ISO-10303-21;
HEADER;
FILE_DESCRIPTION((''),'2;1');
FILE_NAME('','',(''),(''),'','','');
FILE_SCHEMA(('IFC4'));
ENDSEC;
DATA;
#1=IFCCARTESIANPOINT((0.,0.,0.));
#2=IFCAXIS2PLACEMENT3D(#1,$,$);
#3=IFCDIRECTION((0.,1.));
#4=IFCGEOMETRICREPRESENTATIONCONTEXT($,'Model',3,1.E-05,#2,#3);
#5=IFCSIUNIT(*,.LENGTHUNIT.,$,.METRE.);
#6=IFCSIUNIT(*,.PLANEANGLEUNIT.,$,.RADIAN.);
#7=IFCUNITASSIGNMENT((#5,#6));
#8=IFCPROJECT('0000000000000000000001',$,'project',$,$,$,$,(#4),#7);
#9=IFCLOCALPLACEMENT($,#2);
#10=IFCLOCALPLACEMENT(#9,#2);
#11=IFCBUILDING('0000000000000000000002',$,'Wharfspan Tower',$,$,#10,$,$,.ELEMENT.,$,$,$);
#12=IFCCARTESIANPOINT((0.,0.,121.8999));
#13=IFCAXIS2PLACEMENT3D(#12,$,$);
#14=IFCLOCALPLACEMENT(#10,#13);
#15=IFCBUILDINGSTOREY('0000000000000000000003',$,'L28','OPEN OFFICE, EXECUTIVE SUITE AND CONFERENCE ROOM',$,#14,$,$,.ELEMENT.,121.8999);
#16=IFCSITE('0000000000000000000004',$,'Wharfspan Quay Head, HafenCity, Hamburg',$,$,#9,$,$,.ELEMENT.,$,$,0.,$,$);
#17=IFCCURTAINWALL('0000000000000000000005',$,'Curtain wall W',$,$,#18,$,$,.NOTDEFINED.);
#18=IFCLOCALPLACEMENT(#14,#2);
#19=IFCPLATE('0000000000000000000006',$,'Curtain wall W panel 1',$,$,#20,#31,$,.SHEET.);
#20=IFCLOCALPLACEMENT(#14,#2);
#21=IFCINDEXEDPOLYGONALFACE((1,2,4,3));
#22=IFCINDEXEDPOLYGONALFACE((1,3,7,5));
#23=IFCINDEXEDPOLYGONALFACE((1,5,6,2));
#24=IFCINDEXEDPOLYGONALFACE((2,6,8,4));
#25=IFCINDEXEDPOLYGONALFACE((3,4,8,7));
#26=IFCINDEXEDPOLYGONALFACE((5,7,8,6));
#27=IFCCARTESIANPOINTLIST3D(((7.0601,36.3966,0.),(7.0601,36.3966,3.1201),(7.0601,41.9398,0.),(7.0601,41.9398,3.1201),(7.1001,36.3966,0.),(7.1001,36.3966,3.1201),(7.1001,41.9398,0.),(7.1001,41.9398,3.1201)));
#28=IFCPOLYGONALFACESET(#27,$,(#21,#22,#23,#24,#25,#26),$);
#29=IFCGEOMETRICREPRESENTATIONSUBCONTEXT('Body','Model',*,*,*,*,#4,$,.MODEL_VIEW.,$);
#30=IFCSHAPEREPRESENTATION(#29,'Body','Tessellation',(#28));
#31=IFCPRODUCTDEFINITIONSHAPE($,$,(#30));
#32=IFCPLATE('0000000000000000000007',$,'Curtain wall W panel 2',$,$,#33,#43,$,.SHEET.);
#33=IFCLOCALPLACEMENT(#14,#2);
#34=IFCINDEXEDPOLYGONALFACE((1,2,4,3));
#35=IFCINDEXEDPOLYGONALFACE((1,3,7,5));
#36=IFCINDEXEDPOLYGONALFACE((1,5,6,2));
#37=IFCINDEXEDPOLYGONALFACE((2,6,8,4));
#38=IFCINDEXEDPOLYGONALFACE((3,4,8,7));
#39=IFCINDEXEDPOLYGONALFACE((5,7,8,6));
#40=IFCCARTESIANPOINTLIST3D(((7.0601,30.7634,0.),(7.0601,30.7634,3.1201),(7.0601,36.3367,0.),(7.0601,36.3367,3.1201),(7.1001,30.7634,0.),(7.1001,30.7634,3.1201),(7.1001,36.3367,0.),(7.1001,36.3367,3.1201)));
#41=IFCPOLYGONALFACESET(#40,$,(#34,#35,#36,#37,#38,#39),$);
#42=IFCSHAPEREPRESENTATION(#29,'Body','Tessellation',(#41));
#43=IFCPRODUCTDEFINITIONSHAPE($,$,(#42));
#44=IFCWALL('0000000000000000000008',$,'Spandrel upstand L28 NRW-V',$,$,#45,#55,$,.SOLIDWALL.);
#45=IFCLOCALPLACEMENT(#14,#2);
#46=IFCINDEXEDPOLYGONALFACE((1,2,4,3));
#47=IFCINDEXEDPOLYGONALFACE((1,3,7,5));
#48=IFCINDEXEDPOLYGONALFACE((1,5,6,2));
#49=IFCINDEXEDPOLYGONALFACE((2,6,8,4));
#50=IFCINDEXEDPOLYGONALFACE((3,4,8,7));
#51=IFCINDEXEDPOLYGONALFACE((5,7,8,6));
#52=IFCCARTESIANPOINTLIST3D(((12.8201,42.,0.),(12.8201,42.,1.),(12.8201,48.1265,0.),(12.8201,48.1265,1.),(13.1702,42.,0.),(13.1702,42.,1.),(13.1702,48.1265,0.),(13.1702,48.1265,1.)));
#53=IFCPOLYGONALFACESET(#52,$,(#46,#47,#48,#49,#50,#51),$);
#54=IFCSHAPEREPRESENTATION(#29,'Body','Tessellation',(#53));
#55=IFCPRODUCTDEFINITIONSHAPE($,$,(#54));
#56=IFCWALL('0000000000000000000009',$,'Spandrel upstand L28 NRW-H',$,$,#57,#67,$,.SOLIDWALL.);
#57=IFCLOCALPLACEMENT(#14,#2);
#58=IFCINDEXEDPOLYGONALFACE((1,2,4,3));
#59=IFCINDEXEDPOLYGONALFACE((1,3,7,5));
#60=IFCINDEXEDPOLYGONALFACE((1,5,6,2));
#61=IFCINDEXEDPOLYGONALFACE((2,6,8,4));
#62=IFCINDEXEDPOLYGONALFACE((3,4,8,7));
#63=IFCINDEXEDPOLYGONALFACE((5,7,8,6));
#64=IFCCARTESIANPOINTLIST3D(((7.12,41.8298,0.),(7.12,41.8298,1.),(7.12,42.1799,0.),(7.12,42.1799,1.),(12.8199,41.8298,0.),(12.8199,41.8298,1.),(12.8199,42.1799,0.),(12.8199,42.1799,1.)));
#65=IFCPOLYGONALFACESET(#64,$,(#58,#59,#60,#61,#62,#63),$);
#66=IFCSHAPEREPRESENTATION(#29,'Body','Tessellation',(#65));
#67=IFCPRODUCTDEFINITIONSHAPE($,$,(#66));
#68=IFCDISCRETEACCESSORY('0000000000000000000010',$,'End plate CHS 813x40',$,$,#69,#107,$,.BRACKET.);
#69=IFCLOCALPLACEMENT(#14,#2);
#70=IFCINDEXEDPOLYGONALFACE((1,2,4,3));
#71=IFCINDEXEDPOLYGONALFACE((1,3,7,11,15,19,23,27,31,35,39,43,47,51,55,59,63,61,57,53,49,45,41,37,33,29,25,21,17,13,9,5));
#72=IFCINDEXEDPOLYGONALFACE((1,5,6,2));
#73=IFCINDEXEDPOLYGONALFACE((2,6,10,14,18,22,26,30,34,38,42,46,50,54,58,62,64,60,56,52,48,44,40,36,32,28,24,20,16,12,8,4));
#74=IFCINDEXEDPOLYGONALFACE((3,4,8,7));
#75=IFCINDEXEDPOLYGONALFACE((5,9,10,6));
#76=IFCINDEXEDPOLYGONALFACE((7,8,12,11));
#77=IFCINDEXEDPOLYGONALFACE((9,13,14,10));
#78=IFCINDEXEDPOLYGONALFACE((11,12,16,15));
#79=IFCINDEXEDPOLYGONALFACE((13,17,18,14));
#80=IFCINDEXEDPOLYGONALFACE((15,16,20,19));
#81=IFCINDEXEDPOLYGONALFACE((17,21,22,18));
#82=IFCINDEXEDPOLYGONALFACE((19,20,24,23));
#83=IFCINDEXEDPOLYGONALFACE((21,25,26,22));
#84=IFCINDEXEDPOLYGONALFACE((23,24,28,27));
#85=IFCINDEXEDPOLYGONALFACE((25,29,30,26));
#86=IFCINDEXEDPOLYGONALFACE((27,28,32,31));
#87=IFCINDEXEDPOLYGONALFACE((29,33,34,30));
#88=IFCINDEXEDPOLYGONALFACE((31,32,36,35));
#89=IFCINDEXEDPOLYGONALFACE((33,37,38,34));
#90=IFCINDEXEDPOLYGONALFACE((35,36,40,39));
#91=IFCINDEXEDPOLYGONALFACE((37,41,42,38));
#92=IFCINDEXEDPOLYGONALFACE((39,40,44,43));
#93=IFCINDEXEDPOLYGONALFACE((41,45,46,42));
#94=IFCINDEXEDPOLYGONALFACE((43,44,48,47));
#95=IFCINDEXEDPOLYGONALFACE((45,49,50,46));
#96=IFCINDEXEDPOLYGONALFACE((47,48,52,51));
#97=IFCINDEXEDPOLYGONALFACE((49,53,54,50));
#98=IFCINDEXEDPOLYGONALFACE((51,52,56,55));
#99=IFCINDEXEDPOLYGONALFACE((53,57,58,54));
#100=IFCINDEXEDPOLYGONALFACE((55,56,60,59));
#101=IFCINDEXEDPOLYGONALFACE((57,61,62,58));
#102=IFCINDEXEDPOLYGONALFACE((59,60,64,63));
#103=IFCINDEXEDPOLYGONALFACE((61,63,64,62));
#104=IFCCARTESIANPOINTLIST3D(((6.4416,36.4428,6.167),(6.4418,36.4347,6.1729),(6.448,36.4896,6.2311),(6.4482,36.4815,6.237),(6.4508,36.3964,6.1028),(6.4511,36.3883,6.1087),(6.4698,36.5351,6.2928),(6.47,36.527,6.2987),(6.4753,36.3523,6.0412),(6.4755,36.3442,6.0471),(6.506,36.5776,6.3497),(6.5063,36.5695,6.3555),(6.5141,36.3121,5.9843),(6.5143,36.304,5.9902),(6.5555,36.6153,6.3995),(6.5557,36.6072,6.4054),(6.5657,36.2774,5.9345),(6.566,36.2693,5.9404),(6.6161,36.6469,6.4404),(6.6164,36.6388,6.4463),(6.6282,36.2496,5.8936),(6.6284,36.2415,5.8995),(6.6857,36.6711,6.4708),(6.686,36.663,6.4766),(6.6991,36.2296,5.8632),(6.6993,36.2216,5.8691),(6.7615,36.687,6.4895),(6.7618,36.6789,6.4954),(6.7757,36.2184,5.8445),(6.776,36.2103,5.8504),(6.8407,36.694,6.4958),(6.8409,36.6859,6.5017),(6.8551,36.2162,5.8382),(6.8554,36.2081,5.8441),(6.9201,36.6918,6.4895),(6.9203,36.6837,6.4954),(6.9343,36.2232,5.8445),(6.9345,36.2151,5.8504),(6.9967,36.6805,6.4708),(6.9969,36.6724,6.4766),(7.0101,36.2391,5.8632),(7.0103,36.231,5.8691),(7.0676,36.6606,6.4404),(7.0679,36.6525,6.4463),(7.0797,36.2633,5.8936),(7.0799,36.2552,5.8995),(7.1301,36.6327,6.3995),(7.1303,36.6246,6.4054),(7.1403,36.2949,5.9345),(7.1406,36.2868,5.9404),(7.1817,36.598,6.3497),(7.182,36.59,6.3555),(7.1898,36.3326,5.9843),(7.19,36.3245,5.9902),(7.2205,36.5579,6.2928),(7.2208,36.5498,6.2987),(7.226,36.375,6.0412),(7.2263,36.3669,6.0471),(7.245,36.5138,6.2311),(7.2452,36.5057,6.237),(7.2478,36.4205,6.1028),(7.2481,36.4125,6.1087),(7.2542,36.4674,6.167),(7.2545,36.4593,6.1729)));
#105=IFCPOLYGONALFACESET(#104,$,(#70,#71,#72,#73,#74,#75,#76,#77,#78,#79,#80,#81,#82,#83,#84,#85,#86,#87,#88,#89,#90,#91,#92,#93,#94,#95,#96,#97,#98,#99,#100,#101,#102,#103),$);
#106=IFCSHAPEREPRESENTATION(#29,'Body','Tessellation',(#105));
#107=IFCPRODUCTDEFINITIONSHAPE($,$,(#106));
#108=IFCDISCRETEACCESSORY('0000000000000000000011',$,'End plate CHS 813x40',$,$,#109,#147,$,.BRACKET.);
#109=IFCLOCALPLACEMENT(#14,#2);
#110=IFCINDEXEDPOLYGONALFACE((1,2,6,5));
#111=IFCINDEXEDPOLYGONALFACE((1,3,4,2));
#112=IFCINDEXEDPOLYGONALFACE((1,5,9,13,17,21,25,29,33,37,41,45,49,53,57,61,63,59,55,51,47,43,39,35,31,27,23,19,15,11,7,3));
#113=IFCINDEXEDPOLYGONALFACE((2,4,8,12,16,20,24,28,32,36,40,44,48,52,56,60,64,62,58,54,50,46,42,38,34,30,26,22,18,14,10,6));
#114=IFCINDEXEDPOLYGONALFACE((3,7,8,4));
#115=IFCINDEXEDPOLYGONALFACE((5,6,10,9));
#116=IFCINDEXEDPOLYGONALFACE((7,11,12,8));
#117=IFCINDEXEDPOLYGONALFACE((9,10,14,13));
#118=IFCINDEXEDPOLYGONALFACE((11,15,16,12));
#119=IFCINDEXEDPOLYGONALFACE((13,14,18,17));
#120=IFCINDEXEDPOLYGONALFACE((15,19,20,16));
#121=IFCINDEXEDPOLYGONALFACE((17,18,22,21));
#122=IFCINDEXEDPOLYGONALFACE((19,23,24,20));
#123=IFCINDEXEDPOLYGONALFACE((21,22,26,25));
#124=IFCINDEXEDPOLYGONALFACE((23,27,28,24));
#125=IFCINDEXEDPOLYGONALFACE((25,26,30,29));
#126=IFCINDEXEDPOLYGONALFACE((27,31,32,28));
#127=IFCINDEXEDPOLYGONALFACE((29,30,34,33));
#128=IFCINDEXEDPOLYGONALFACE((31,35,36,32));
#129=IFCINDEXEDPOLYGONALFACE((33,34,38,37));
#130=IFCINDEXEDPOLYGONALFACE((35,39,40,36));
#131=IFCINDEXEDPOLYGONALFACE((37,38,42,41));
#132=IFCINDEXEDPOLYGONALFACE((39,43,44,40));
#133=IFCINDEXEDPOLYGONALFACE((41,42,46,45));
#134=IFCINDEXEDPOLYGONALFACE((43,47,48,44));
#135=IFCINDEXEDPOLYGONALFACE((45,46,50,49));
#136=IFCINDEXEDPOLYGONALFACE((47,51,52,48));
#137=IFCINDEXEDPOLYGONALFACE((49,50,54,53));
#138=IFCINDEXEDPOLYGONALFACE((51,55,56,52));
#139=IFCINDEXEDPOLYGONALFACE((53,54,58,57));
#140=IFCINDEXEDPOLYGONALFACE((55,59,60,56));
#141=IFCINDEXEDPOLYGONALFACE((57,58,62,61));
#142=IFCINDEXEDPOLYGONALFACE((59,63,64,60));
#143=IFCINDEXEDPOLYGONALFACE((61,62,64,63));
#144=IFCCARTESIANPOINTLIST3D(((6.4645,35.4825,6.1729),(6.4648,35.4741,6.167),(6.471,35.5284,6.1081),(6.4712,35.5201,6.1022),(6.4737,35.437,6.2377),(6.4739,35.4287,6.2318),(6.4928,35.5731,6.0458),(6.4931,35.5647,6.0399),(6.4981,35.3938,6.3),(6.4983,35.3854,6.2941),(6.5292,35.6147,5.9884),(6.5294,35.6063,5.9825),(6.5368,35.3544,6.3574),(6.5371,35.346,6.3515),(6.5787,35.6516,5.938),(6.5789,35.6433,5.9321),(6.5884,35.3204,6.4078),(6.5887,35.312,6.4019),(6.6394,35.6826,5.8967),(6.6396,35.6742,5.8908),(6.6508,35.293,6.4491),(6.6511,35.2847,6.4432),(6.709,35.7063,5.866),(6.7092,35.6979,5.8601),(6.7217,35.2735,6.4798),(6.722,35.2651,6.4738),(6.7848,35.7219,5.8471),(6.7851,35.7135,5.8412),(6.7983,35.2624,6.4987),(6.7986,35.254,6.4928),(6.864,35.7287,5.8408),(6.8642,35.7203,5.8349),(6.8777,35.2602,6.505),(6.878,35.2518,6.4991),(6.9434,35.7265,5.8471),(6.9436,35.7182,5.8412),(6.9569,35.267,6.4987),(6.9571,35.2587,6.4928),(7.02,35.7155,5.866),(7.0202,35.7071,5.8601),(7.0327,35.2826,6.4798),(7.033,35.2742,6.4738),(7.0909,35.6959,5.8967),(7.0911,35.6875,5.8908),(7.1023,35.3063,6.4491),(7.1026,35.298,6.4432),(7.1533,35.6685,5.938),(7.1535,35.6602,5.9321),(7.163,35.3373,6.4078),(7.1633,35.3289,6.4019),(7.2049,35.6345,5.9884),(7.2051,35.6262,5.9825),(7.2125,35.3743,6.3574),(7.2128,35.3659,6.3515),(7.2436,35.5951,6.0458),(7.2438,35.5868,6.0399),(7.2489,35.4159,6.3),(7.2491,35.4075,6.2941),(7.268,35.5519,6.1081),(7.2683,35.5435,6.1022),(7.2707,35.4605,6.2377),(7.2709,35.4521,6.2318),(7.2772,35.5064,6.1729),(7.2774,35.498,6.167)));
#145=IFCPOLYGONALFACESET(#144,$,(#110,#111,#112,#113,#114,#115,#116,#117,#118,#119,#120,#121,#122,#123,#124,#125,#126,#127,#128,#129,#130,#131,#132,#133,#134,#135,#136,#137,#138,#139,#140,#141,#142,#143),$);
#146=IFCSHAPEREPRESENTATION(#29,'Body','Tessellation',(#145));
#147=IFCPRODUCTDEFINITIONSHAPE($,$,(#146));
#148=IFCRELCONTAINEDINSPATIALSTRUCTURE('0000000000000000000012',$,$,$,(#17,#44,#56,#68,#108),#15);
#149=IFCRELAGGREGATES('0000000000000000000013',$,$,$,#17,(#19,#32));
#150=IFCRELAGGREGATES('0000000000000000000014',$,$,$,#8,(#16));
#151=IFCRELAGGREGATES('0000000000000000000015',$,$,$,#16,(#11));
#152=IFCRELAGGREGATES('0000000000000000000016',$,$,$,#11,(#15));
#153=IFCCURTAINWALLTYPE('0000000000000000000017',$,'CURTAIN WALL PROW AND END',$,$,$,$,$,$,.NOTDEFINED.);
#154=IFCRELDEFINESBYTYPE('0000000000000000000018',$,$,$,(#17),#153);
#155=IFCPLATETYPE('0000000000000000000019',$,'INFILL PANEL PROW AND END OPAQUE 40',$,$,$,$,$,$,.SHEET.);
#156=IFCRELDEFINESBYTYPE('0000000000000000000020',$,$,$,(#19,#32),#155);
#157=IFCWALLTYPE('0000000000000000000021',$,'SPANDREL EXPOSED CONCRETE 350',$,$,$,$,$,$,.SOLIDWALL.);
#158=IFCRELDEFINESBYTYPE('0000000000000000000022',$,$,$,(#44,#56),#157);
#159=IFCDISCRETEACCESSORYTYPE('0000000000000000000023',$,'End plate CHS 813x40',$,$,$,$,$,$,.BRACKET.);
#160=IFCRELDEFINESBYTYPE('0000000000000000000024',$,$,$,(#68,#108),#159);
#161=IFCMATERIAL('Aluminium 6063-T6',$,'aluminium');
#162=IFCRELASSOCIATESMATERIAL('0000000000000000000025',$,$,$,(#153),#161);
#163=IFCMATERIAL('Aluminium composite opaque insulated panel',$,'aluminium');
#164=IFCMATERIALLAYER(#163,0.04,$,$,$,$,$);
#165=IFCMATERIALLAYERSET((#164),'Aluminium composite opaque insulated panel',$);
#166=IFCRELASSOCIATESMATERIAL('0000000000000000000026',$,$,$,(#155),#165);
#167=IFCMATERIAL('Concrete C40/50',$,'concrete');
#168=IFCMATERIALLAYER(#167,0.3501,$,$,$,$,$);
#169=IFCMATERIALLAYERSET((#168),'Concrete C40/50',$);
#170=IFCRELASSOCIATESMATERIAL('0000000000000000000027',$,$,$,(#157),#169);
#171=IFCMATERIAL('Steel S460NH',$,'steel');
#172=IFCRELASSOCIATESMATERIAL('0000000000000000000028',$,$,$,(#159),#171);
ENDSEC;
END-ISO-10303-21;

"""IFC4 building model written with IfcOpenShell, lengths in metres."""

from ifc_helpers import new_model, si_unit, direction, frame, frame_2d, origin, origin_2d, place, context, subcontext, project, spatial, rectangle, circle, extrude, material, layer, layer_set, material_profile, profile_set, type_object, element, aggregate, save


model = new_model("IFC4")

# Units and contexts
model_context = context("Model", 3, precision=1e-05, world=origin(), true_north=direction((0.0, 1.0)))
body_context = subcontext(model_context, "Body", "Model", "MODEL_VIEW")
ifc_project = project(units=[si_unit("LENGTHUNIT", "METRE"), si_unit("PLANEANGLEUNIT", "RADIAN")], contexts=[model_context])

# Site, building, storey
site_placement = place(None, origin())
site = spatial("IfcSite", under=ifc_project, at=site_placement, Name="Wharfspan Quay Head, HafenCity, Hamburg", CompositionType="ELEMENT", RefElevation=0.0)
building_placement = place(site_placement, origin())
building = spatial("IfcBuilding", under=site, at=building_placement, Name="Wharfspan Tower", CompositionType="ELEMENT")
storey_placement = place(building_placement, frame((0.0, 0.0, 121.8999)))
storey = spatial("IfcBuildingStorey", under=building, at=storey_placement, Name="L28", Description="OPEN OFFICE, EXECUTIVE SUITE AND CONFERENCE ROOM", CompositionType="ELEMENT", Elevation=121.8999)

# Curtain wall
ifc_material_1 = material(Name="Aluminium 6063-T6", Category="aluminium")
curtain_wall_type = type_object("IfcCurtainWallType", Name="CURTAIN WALL PROW AND END", PredefinedType="NOTDEFINED", material=ifc_material_1)
curtain_wall_1_placement = place(storey_placement, origin())
curtain_wall_1 = element("IfcCurtainWall", 1, at=curtain_wall_1_placement, inside=storey, type_object=curtain_wall_type, Name="Curtain wall W", PredefinedType="NOTDEFINED")

# Shared definitions
ifc_material_2 = material(Name="Steel S460NH", Category="steel")

# Plates
ifc_material_3 = material(Name="Aluminium composite opaque insulated panel", Category="aluminium")
ifc_layer_1 = layer(ifc_material_3, 0.04)
ifc_layer_set_1 = layer_set([ifc_layer_1], Name="Aluminium composite opaque insulated panel")
plate_type_1 = type_object("IfcPlateType", Name="INFILL PANEL PROW AND END OPAQUE 40", PredefinedType="SHEET", material=ifc_layer_set_1)
plate_1_placement = place(storey_placement, frame((7.0801, 39.1682, 0.0), z_axis=(0.0, 0.0, 1.0), x_axis=(0.0, -1.0, 0.0)))
plate_1 = element("IfcPlate", 2, at=plate_1_placement, type_object=plate_type_1, Name="Curtain wall W panel 1", PredefinedType="SHEET", context=body_context, shape_type="SweptSolid", body=[
    extrude(rectangle(XDim=5.5432, YDim=0.04, at=origin_2d()), origin(), (0.0, 0.0, 1.0), 3.1201),
])
plate_2_placement = place(storey_placement, frame((7.0801, 33.55, 0.0), z_axis=(0.0, 0.0, 1.0), x_axis=(0.0, -1.0, 0.0)))
plate_2 = element("IfcPlate", 3, at=plate_2_placement, type_object=plate_type_1, Name="Curtain wall W panel 2", PredefinedType="SHEET", context=body_context, shape_type="SweptSolid", body=[
    extrude(rectangle(XDim=5.5732, YDim=0.04, at=origin_2d()), origin(), (0.0, 0.0, 1.0), 3.1201),
])
aggregate(curtain_wall_1, [plate_1, plate_2])

# Walls
ifc_material_4 = material(Name="Concrete C40/50", Category="concrete")
ifc_layer_2 = layer(ifc_material_4, 0.3501)
ifc_layer_set_2 = layer_set([ifc_layer_2], Name="Concrete C40/50")
wall_type = type_object("IfcWallType", Name="SPANDREL EXPOSED CONCRETE 350", PredefinedType="SOLIDWALL", material=ifc_layer_set_2)
wall_1_placement = place(storey_placement, frame((12.9951, 48.1265, 0.0), z_axis=(0.0, 0.0, 1.0), x_axis=(0.0, -1.0, 0.0)))
element("IfcWall", 4, at=wall_1_placement, inside=storey, type_object=wall_type, Name="Spandrel upstand L28 NRW-V", PredefinedType="SOLIDWALL", context=body_context, shape_type="SweptSolid", body=[
    extrude(rectangle(XDim=6.1265, YDim=0.3501, at=frame_2d((3.0632, 0.0))), origin(), (0.0, 0.0, 1.0), 1.0),
])
wall_2_placement = place(storey_placement, frame((12.8201, 42.0049, 0.0), z_axis=(0.0, 0.0, 1.0), x_axis=(-1.0, 0.0, 0.0)))
element("IfcWall", 5, at=wall_2_placement, inside=storey, type_object=wall_type, Name="Spandrel upstand L28 NRW-H", PredefinedType="SOLIDWALL", context=body_context, shape_type="SweptSolid", body=[
    extrude(rectangle(XDim=5.7, YDim=0.3501, at=frame_2d((2.8501, 0.0))), origin(), (0.0, 0.0, 1.0), 1.0),
])

# Discrete accessories
ifc_material_profile_1 = material_profile(ifc_material_2, circle(Radius=0.4065, at=origin_2d()))
ifc_profile_set_1 = profile_set([ifc_material_profile_1], Name="Steel S460NH")
discrete_accessory_type = type_object("IfcDiscreteAccessoryType", Name="End plate CHS 813x40", PredefinedType="BRACKET", material=ifc_profile_set_1)
discrete_accessory_1_placement = place(storey_placement, frame((6.8479, 36.4551, 6.167), z_axis=(0.0245, -0.808493, 0.587995), x_axis=(0.999537, 0.03029, 0.000001)))
element("IfcDiscreteAccessory", 6, at=discrete_accessory_1_placement, inside=storey, type_object=discrete_accessory_type, Name="End plate CHS 813x40", PredefinedType="BRACKET", context=body_context, shape_type="SweptSolid", body=[
    extrude(circle(Radius=0.4065, at=origin_2d()), origin(), (0.0, 0.0, 1.0), 0.01),
])
discrete_accessory_2_placement = place(storey_placement, frame((6.8711, 35.4861, 6.167), z_axis=(-0.024022, 0.816732, 0.576517), x_axis=(-0.99957, -0.029399, -0.000001)))
element("IfcDiscreteAccessory", 7, at=discrete_accessory_2_placement, inside=storey, type_object=discrete_accessory_type, Name="End plate CHS 813x40", PredefinedType="BRACKET", context=body_context, shape_type="SweptSolid", body=[
    extrude(circle(Radius=0.4065, at=origin_2d()), origin(), (0.0, 0.0, 1.0), 0.0103),
])

save(model, "model.ifc")
